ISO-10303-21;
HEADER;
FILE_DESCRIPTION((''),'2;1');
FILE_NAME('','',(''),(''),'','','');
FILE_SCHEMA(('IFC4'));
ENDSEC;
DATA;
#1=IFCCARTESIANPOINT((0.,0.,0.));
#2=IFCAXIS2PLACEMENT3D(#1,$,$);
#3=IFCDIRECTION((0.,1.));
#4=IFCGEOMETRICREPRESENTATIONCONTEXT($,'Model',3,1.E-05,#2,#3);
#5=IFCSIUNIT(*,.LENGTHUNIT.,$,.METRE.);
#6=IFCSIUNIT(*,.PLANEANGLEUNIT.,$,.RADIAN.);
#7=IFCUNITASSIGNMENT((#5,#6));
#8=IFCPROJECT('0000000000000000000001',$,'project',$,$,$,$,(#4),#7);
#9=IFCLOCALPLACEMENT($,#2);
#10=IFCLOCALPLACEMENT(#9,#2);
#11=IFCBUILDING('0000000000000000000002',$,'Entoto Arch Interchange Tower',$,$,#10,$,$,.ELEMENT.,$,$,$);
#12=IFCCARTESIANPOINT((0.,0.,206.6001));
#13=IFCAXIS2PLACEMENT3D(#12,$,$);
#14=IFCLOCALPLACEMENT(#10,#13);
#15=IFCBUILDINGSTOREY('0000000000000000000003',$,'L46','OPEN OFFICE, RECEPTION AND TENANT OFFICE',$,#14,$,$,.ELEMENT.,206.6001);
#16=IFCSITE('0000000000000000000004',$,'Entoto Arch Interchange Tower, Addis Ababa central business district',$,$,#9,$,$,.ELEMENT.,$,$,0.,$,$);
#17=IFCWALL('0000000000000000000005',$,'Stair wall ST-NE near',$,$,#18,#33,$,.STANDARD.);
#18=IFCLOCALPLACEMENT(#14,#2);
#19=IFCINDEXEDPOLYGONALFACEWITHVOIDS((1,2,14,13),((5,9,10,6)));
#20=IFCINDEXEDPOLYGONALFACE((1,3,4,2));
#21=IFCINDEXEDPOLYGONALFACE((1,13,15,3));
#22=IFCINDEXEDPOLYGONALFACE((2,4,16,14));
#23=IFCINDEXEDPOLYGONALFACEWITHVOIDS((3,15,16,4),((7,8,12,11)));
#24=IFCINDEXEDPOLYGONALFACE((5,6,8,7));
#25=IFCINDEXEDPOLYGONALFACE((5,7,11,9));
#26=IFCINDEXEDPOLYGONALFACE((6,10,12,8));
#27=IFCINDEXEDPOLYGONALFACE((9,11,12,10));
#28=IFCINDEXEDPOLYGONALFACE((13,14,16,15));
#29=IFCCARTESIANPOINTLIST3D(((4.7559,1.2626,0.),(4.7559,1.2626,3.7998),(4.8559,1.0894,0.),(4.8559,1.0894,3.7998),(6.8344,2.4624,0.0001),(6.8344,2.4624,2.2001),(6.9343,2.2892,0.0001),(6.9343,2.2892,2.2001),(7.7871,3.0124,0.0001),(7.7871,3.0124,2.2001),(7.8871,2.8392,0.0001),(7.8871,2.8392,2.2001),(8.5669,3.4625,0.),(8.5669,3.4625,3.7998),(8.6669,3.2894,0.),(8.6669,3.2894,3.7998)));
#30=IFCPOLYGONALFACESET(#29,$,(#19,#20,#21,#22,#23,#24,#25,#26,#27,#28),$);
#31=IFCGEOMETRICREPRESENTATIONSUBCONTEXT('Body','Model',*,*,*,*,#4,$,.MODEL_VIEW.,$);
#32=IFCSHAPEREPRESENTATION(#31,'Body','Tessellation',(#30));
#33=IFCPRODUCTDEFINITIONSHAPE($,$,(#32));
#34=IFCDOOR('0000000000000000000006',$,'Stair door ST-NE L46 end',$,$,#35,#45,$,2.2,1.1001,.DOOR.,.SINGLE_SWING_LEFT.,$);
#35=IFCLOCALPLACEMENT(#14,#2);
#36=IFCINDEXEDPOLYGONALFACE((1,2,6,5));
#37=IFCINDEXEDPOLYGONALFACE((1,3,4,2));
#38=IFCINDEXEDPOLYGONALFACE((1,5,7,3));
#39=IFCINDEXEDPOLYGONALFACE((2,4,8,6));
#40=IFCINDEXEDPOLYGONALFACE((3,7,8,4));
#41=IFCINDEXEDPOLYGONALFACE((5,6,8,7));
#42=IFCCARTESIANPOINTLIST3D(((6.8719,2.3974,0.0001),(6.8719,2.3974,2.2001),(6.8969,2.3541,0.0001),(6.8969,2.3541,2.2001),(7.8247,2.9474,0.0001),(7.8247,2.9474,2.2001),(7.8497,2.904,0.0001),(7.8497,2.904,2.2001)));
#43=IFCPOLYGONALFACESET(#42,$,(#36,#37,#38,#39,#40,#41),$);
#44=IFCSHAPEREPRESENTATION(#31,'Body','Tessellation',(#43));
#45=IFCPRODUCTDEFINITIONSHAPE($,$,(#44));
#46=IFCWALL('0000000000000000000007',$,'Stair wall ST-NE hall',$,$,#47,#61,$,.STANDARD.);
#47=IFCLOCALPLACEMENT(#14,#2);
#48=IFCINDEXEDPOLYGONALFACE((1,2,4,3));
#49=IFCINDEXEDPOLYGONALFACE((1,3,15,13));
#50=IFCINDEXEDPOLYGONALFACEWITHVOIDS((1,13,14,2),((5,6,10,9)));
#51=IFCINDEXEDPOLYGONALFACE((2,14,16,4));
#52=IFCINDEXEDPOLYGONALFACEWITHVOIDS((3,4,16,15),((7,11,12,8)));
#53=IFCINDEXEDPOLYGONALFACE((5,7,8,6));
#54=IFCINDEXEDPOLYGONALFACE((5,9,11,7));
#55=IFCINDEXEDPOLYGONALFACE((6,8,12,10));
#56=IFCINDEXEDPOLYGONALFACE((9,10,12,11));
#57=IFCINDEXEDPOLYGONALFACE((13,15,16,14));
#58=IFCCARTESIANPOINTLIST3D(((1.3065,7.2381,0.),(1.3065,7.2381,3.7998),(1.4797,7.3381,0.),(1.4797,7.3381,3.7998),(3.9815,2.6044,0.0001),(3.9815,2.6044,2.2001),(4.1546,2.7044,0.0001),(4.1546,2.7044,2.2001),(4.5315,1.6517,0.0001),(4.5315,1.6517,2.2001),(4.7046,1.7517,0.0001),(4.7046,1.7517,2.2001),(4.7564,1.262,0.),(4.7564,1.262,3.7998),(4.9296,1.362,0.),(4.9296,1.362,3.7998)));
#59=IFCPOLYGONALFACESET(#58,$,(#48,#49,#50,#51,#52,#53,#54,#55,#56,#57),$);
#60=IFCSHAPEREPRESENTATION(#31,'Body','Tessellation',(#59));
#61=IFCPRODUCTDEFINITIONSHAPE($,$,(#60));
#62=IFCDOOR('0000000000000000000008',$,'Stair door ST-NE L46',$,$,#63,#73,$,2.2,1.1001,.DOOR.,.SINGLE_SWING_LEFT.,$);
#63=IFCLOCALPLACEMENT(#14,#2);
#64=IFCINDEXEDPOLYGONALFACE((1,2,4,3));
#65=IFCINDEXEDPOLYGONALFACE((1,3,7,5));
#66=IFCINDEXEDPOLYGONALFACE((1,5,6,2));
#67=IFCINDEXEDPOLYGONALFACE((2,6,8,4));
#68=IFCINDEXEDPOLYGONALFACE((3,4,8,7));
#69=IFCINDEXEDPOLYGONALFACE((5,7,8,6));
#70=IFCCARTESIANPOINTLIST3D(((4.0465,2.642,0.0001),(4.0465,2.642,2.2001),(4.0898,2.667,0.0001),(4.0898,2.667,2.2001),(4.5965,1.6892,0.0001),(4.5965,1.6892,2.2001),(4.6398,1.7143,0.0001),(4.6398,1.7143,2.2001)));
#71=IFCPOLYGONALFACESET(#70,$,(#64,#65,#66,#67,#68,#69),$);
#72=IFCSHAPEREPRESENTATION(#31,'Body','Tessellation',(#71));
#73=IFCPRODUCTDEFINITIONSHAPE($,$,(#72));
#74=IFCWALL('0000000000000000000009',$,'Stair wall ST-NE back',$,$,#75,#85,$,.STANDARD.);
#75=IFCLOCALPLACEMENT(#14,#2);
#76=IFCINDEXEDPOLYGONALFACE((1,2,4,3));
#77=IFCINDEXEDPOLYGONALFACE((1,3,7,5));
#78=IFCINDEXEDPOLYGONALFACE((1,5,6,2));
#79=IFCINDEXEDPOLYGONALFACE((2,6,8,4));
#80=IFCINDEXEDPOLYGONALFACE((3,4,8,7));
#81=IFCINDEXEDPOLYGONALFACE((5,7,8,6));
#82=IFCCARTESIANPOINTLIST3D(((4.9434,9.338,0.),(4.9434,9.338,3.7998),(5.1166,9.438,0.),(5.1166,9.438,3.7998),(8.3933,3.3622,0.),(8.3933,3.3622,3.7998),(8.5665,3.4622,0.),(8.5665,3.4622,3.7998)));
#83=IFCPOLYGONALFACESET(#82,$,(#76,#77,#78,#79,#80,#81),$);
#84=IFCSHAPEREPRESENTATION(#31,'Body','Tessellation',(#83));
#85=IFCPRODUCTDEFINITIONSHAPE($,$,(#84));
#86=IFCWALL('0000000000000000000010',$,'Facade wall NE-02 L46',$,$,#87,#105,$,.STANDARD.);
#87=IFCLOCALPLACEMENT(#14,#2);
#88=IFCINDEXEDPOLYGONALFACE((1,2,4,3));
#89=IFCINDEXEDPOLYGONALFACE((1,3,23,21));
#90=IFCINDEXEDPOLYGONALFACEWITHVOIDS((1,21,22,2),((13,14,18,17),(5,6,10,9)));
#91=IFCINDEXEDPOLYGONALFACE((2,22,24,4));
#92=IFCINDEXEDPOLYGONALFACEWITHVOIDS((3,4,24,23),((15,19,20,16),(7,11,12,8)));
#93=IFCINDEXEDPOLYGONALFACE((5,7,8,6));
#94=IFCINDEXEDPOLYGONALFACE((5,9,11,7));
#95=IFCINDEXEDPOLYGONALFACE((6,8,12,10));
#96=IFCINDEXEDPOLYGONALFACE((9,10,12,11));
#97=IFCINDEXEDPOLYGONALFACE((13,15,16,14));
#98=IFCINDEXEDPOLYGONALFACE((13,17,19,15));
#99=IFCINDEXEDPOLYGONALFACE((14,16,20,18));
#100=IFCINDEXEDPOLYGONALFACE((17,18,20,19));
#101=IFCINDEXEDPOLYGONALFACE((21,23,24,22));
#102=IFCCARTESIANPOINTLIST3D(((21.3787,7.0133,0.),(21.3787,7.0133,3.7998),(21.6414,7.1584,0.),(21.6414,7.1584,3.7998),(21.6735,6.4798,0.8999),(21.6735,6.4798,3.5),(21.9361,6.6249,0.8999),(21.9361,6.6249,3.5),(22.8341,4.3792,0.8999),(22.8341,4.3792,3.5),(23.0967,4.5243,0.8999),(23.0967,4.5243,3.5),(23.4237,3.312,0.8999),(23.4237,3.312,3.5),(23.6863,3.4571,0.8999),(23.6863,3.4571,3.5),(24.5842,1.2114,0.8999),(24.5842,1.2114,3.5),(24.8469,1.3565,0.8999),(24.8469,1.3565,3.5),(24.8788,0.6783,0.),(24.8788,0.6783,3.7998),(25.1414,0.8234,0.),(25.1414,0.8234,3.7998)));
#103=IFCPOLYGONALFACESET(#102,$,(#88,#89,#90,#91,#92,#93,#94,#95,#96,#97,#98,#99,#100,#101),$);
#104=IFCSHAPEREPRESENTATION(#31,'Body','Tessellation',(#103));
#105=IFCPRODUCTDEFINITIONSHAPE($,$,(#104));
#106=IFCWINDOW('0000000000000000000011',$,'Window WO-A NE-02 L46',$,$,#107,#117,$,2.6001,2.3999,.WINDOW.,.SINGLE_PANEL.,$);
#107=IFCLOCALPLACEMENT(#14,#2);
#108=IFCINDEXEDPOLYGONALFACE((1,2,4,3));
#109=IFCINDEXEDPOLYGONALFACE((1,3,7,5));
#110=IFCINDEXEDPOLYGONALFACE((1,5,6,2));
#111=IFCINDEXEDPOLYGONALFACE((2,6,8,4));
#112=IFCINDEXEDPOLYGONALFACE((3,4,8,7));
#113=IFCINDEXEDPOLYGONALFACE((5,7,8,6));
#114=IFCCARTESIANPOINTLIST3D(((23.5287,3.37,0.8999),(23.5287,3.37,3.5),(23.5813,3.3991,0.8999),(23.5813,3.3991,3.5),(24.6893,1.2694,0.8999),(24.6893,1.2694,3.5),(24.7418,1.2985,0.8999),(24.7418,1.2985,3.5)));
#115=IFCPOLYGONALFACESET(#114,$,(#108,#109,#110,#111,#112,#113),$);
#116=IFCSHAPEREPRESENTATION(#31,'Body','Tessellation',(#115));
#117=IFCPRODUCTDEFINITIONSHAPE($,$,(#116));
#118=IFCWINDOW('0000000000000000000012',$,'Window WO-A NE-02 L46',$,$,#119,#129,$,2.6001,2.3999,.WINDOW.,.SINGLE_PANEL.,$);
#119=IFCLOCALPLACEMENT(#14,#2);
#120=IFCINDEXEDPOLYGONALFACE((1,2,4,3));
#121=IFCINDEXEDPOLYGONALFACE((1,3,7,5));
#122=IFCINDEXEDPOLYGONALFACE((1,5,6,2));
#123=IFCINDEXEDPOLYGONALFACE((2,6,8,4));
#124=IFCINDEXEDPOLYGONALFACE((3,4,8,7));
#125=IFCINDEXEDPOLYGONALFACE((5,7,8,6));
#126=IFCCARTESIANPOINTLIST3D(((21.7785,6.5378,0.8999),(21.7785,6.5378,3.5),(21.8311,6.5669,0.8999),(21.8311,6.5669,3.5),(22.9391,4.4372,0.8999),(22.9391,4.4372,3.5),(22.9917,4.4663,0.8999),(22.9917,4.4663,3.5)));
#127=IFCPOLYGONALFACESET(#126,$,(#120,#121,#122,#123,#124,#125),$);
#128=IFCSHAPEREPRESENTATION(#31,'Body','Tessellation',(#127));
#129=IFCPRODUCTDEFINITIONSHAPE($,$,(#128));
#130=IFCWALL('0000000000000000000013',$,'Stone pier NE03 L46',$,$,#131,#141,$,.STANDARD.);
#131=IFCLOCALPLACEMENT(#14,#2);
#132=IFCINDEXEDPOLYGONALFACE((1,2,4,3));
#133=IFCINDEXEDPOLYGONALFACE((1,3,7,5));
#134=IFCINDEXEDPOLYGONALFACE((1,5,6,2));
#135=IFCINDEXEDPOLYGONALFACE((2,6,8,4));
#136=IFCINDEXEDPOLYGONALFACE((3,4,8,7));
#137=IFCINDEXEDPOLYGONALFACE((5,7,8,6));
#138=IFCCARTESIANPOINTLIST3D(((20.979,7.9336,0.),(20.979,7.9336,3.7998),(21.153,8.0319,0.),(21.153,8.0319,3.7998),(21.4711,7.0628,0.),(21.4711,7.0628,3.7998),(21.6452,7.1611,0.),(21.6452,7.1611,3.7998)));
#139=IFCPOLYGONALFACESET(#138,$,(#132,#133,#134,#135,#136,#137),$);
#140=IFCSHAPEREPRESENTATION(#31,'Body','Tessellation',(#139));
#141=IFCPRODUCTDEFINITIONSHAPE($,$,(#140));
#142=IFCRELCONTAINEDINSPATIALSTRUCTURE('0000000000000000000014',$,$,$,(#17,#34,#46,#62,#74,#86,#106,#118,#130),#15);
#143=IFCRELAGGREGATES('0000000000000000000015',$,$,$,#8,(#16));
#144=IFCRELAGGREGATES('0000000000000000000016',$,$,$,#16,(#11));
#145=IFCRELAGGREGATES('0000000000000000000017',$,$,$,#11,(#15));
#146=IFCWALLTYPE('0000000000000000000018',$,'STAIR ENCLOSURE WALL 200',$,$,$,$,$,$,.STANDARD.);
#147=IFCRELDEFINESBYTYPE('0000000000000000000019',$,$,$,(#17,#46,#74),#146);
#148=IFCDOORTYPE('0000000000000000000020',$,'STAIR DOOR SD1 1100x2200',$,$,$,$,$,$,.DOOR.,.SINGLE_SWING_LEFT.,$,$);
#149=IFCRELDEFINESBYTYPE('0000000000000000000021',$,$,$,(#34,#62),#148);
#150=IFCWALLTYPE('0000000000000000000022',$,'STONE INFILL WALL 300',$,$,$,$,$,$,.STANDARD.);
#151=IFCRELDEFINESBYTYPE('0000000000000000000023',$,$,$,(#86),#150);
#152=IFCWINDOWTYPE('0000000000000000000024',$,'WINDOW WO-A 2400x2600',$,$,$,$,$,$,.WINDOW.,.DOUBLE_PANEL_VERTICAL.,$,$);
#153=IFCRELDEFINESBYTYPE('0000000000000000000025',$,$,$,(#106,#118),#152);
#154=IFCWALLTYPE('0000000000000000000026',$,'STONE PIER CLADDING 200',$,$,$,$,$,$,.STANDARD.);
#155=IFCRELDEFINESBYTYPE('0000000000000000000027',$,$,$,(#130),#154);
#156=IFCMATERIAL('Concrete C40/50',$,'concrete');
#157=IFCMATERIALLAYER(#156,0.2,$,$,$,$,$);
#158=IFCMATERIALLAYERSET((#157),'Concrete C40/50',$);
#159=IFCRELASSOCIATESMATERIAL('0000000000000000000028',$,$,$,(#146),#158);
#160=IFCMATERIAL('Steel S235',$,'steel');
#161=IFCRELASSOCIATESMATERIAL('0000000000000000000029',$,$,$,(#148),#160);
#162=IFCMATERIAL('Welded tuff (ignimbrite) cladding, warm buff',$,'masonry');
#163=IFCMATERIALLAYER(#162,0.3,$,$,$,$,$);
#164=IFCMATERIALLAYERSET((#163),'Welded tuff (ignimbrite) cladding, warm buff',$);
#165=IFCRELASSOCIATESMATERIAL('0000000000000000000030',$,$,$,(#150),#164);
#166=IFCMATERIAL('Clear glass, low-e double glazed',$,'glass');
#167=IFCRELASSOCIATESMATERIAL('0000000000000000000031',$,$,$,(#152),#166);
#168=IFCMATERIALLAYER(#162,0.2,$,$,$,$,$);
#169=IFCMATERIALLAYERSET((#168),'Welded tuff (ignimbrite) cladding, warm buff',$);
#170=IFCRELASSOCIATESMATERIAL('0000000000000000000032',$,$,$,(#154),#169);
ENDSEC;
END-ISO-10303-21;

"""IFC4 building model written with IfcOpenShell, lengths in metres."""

from ifc_helpers import new_model, si_unit, direction, frame, frame_2d, origin, place, context, subcontext, project, spatial, rectangle, extrude, material, layer, layer_set, type_object, element, fill, save


model = new_model("IFC4")

# Units and contexts
model_context = context("Model", 3, precision=1e-05, world=origin(), true_north=direction((0.0, 1.0)))
body_context = subcontext(model_context, "Body", "Model", "MODEL_VIEW")
ifc_project = project(units=[si_unit("LENGTHUNIT", "METRE"), si_unit("PLANEANGLEUNIT", "RADIAN")], contexts=[model_context])

# Site, building, storey
site_placement = place(None, origin())
site = spatial("IfcSite", under=ifc_project, at=site_placement, Name="Entoto Arch Interchange Tower, Addis Ababa central business district", CompositionType="ELEMENT", RefElevation=0.0)
building_placement = place(site_placement, origin())
building = spatial("IfcBuilding", under=site, at=building_placement, Name="Entoto Arch Interchange Tower", CompositionType="ELEMENT")
storey_placement = place(building_placement, frame((0.0, 0.0, 206.6001)))
storey = spatial("IfcBuildingStorey", under=building, at=storey_placement, Name="L46", Description="OPEN OFFICE, RECEPTION AND TENANT OFFICE", CompositionType="ELEMENT", Elevation=206.6001)

# Shared definitions
ifc_material_1 = material(Name="Concrete C40/50", Category="concrete")

# Walls, openings, doors
ifc_layer_1 = layer(ifc_material_1, 0.2)
ifc_layer_set_1 = layer_set([ifc_layer_1], Name="Concrete C40/50")
wall_type_1 = type_object("IfcWallType", Name="STAIR ENCLOSURE WALL 200", PredefinedType="STANDARD", material=ifc_layer_set_1)
wall_1_placement = place(storey_placement, frame((4.8059, 1.176, 0.0), z_axis=(0.0, 0.0, 1.0), x_axis=(0.86606, 0.49994, 0.0)))
wall_1 = element("IfcWall", 1, at=wall_1_placement, inside=storey, type_object=wall_type_1, Name="Stair wall ST-NE near", PredefinedType="STANDARD", context=body_context, shape_type="SweptSolid", body=[
    extrude(rectangle(XDim=4.4004, YDim=0.2, at=frame_2d((2.2002, 0.0))), origin(), (0.0, 0.0, 1.0), 3.7998),
])
opening_1_placement = place(wall_1_placement, frame((2.3999, 0.0, 0.0)))
opening_1 = element("IfcOpeningElement", 2, at=opening_1_placement, cuts=wall_1, PredefinedType="OPENING", context=body_context, shape_type="SweptSolid", body=[
    extrude(rectangle(XDim=1.1001, YDim=2.2, at=frame_2d((0.55, 1.1001))), frame((0.0, 0.1099, 0.0), z_axis=(0.0, -1.0, 0.0), x_axis=(1.0, 0.0, 0.0)), (0.0, 0.0, 1.0), 0.22),
])
ifc_material_2 = material(Name="Steel S235", Category="steel")
door_type_1 = type_object("IfcDoorType", Name="STAIR DOOR SD1 1100x2200", OperationType="SINGLE_SWING_LEFT", PredefinedType="DOOR", material=ifc_material_2)
door_1_placement = place(opening_1_placement, origin())
door_1 = element("IfcDoor", 3, at=door_1_placement, inside=storey, type_object=door_type_1, Name="Stair door ST-NE L46 end", OperationType="SINGLE_SWING_LEFT", OverallHeight=2.2, OverallWidth=1.1001, PredefinedType="DOOR", context=body_context, shape_type="SweptSolid", body=[
    extrude(rectangle(XDim=1.1001, YDim=2.2, at=frame_2d((0.55, 1.1001))), frame((0.0, 0.0249, 0.0), z_axis=(0.0, -1.0, 0.0), x_axis=(1.0, 0.0, 0.0)), (0.0, 0.0, 1.0), 0.05),
])
fill(opening_1, door_1)
wall_2_placement = place(storey_placement, frame((4.843, 1.312, 0.0), z_axis=(0.0, 0.0, 1.0), x_axis=(-0.499963, 0.866047, 0.0)))
wall_2 = element("IfcWall", 4, at=wall_2_placement, inside=storey, type_object=wall_type_1, Name="Stair wall ST-NE hall", PredefinedType="STANDARD", context=body_context, shape_type="SweptSolid", body=[
    extrude(rectangle(XDim=6.9004, YDim=0.2, at=frame_2d((3.4502, 0.0))), origin(), (0.0, 0.0, 1.0), 3.7998),
])
opening_2_placement = place(wall_2_placement, frame((0.45, 0.0, 0.0)))
opening_2 = element("IfcOpeningElement", 5, at=opening_2_placement, cuts=wall_2, PredefinedType="OPENING", context=body_context, shape_type="SweptSolid", body=[
    extrude(rectangle(XDim=1.1001, YDim=2.2, at=frame_2d((0.55, 1.1001))), frame((0.0, 0.1099, 0.0), z_axis=(0.0, -1.0, 0.0), x_axis=(1.0, 0.0, 0.0)), (0.0, 0.0, 1.0), 0.22),
])
door_2_placement = place(opening_2_placement, origin())
door_2 = element("IfcDoor", 6, at=door_2_placement, inside=storey, type_object=door_type_1, Name="Stair door ST-NE L46", OperationType="SINGLE_SWING_LEFT", OverallHeight=2.2, OverallWidth=1.1001, PredefinedType="DOOR", context=body_context, shape_type="SweptSolid", body=[
    extrude(rectangle(XDim=1.1001, YDim=2.2, at=frame_2d((0.55, 1.1001))), frame((0.0, 0.0249, 0.0), z_axis=(0.0, -1.0, 0.0), x_axis=(1.0, 0.0, 0.0)), (0.0, 0.0, 1.0), 0.05),
])
fill(opening_2, door_2)

# Wall
wall_3_placement = place(storey_placement, frame((8.48, 3.4121, 0.0), z_axis=(0.0, 0.0, 1.0), x_axis=(-0.499979, 0.866038, 0.0)))
element("IfcWall", 7, at=wall_3_placement, inside=storey, type_object=wall_type_1, Name="Stair wall ST-NE back", PredefinedType="STANDARD", context=body_context, shape_type="SweptSolid", body=[
    extrude(rectangle(XDim=6.9001, YDim=0.2, at=frame_2d((3.4502, 0.0))), origin(), (0.0, 0.0, 1.0), 3.7998),
])

# Wall, openings, windows
ifc_material_3 = material(Name="Welded tuff (ignimbrite) cladding, warm buff", Category="masonry")
ifc_layer_2 = layer(ifc_material_3, 0.3)
ifc_layer_set_2 = layer_set([ifc_layer_2], Name="Welded tuff (ignimbrite) cladding, warm buff")
wall_type_2 = type_object("IfcWallType", Name="STONE INFILL WALL 300", PredefinedType="STANDARD", material=ifc_layer_set_2)
wall_4_placement = place(storey_placement, frame((25.01, 0.751, 0.0), z_axis=(0.0, 0.0, 1.0), x_axis=(-0.483591, 0.875294, 0.0)))
wall_4 = element("IfcWall", 8, at=wall_4_placement, inside=storey, type_object=wall_type_2, Name="Facade wall NE-02 L46", PredefinedType="STANDARD", context=body_context, shape_type="SweptSolid", body=[
    extrude(rectangle(XDim=7.2375, YDim=0.3, at=frame_2d((3.6187, 0.0))), origin(), (0.0, 0.0, 1.0), 3.7998),
])
opening_3_placement = place(wall_4_placement, frame((0.6089, 0.0, 0.8999)))
opening_3 = element("IfcOpeningElement", 9, at=opening_3_placement, cuts=wall_4, PredefinedType="OPENING", context=body_context, shape_type="SweptSolid", body=[
    extrude(rectangle(XDim=2.3999, YDim=2.6001, at=frame_2d((1.2, 1.3))), frame((0.0, 0.1602, 0.0), z_axis=(0.0, -1.0, 0.0), x_axis=(1.0, 0.0, 0.0)), (0.0, 0.0, 1.0), 0.3201),
])
opening_4_placement = place(wall_4_placement, frame((4.228, 0.0, 0.8999)))
opening_4 = element("IfcOpeningElement", 10, at=opening_4_placement, cuts=wall_4, PredefinedType="OPENING", context=body_context, shape_type="SweptSolid", body=[
    extrude(rectangle(XDim=2.3999, YDim=2.6001, at=frame_2d((1.2, 1.3))), frame((0.0, 0.1602, 0.0), z_axis=(0.0, -1.0, 0.0), x_axis=(1.0, 0.0, 0.0)), (0.0, 0.0, 1.0), 0.3201),
])
ifc_material_4 = material(Name="Clear glass, low-e double glazed", Category="glass")
window_type = type_object("IfcWindowType", Name="WINDOW WO-A 2400x2600", PartitioningType="DOUBLE_PANEL_VERTICAL", PredefinedType="WINDOW", material=ifc_material_4)
window_1_placement = place(opening_3_placement, origin())
window_1 = element("IfcWindow", 11, at=window_1_placement, inside=storey, type_object=window_type, Name="Window WO-A NE-02 L46", OverallHeight=2.6001, OverallWidth=2.3999, PartitioningType="SINGLE_PANEL", PredefinedType="WINDOW", context=body_context, shape_type="SweptSolid", body=[
    extrude(rectangle(XDim=2.3999, YDim=2.6001, at=frame_2d((1.2, 1.3))), frame((0.0, 0.03, 0.0), z_axis=(0.0, -1.0, 0.0), x_axis=(1.0, 0.0, 0.0)), (0.0, 0.0, 1.0), 0.0601),
])
fill(opening_3, window_1)
window_2_placement = place(opening_4_placement, origin())
window_2 = element("IfcWindow", 12, at=window_2_placement, inside=storey, type_object=window_type, Name="Window WO-A NE-02 L46", OverallHeight=2.6001, OverallWidth=2.3999, PartitioningType="SINGLE_PANEL", PredefinedType="WINDOW", context=body_context, shape_type="SweptSolid", body=[
    extrude(rectangle(XDim=2.3999, YDim=2.6001, at=frame_2d((1.2, 1.3))), frame((0.0, 0.03, 0.0), z_axis=(0.0, -1.0, 0.0), x_axis=(1.0, 0.0, 0.0)), (0.0, 0.0, 1.0), 0.0601),
])
fill(opening_4, window_2)

# Wall
ifc_layer_3 = layer(ifc_material_3, 0.2)
ifc_layer_set_3 = layer_set([ifc_layer_3], Name="Welded tuff (ignimbrite) cladding, warm buff")
wall_type_3 = type_object("IfcWallType", Name="STONE PIER CLADDING 200", PredefinedType="STANDARD", material=ifc_layer_set_3)
wall_5_placement = place(storey_placement, frame((21.5581, 7.1121, 0.0), z_axis=(0.0, 0.0, 1.0), x_axis=(-0.492033, 0.870576, 0.0)))
element("IfcWall", 13, at=wall_5_placement, inside=storey, type_object=wall_type_3, Name="Stone pier NE03 L46", PredefinedType="STANDARD", context=body_context, shape_type="SweptSolid", body=[
    extrude(rectangle(XDim=1.0002, YDim=0.2, at=frame_2d((0.5, 0.0))), origin(), (0.0, 0.0, 1.0), 3.7998),
])

save(model, "model.ifc")
